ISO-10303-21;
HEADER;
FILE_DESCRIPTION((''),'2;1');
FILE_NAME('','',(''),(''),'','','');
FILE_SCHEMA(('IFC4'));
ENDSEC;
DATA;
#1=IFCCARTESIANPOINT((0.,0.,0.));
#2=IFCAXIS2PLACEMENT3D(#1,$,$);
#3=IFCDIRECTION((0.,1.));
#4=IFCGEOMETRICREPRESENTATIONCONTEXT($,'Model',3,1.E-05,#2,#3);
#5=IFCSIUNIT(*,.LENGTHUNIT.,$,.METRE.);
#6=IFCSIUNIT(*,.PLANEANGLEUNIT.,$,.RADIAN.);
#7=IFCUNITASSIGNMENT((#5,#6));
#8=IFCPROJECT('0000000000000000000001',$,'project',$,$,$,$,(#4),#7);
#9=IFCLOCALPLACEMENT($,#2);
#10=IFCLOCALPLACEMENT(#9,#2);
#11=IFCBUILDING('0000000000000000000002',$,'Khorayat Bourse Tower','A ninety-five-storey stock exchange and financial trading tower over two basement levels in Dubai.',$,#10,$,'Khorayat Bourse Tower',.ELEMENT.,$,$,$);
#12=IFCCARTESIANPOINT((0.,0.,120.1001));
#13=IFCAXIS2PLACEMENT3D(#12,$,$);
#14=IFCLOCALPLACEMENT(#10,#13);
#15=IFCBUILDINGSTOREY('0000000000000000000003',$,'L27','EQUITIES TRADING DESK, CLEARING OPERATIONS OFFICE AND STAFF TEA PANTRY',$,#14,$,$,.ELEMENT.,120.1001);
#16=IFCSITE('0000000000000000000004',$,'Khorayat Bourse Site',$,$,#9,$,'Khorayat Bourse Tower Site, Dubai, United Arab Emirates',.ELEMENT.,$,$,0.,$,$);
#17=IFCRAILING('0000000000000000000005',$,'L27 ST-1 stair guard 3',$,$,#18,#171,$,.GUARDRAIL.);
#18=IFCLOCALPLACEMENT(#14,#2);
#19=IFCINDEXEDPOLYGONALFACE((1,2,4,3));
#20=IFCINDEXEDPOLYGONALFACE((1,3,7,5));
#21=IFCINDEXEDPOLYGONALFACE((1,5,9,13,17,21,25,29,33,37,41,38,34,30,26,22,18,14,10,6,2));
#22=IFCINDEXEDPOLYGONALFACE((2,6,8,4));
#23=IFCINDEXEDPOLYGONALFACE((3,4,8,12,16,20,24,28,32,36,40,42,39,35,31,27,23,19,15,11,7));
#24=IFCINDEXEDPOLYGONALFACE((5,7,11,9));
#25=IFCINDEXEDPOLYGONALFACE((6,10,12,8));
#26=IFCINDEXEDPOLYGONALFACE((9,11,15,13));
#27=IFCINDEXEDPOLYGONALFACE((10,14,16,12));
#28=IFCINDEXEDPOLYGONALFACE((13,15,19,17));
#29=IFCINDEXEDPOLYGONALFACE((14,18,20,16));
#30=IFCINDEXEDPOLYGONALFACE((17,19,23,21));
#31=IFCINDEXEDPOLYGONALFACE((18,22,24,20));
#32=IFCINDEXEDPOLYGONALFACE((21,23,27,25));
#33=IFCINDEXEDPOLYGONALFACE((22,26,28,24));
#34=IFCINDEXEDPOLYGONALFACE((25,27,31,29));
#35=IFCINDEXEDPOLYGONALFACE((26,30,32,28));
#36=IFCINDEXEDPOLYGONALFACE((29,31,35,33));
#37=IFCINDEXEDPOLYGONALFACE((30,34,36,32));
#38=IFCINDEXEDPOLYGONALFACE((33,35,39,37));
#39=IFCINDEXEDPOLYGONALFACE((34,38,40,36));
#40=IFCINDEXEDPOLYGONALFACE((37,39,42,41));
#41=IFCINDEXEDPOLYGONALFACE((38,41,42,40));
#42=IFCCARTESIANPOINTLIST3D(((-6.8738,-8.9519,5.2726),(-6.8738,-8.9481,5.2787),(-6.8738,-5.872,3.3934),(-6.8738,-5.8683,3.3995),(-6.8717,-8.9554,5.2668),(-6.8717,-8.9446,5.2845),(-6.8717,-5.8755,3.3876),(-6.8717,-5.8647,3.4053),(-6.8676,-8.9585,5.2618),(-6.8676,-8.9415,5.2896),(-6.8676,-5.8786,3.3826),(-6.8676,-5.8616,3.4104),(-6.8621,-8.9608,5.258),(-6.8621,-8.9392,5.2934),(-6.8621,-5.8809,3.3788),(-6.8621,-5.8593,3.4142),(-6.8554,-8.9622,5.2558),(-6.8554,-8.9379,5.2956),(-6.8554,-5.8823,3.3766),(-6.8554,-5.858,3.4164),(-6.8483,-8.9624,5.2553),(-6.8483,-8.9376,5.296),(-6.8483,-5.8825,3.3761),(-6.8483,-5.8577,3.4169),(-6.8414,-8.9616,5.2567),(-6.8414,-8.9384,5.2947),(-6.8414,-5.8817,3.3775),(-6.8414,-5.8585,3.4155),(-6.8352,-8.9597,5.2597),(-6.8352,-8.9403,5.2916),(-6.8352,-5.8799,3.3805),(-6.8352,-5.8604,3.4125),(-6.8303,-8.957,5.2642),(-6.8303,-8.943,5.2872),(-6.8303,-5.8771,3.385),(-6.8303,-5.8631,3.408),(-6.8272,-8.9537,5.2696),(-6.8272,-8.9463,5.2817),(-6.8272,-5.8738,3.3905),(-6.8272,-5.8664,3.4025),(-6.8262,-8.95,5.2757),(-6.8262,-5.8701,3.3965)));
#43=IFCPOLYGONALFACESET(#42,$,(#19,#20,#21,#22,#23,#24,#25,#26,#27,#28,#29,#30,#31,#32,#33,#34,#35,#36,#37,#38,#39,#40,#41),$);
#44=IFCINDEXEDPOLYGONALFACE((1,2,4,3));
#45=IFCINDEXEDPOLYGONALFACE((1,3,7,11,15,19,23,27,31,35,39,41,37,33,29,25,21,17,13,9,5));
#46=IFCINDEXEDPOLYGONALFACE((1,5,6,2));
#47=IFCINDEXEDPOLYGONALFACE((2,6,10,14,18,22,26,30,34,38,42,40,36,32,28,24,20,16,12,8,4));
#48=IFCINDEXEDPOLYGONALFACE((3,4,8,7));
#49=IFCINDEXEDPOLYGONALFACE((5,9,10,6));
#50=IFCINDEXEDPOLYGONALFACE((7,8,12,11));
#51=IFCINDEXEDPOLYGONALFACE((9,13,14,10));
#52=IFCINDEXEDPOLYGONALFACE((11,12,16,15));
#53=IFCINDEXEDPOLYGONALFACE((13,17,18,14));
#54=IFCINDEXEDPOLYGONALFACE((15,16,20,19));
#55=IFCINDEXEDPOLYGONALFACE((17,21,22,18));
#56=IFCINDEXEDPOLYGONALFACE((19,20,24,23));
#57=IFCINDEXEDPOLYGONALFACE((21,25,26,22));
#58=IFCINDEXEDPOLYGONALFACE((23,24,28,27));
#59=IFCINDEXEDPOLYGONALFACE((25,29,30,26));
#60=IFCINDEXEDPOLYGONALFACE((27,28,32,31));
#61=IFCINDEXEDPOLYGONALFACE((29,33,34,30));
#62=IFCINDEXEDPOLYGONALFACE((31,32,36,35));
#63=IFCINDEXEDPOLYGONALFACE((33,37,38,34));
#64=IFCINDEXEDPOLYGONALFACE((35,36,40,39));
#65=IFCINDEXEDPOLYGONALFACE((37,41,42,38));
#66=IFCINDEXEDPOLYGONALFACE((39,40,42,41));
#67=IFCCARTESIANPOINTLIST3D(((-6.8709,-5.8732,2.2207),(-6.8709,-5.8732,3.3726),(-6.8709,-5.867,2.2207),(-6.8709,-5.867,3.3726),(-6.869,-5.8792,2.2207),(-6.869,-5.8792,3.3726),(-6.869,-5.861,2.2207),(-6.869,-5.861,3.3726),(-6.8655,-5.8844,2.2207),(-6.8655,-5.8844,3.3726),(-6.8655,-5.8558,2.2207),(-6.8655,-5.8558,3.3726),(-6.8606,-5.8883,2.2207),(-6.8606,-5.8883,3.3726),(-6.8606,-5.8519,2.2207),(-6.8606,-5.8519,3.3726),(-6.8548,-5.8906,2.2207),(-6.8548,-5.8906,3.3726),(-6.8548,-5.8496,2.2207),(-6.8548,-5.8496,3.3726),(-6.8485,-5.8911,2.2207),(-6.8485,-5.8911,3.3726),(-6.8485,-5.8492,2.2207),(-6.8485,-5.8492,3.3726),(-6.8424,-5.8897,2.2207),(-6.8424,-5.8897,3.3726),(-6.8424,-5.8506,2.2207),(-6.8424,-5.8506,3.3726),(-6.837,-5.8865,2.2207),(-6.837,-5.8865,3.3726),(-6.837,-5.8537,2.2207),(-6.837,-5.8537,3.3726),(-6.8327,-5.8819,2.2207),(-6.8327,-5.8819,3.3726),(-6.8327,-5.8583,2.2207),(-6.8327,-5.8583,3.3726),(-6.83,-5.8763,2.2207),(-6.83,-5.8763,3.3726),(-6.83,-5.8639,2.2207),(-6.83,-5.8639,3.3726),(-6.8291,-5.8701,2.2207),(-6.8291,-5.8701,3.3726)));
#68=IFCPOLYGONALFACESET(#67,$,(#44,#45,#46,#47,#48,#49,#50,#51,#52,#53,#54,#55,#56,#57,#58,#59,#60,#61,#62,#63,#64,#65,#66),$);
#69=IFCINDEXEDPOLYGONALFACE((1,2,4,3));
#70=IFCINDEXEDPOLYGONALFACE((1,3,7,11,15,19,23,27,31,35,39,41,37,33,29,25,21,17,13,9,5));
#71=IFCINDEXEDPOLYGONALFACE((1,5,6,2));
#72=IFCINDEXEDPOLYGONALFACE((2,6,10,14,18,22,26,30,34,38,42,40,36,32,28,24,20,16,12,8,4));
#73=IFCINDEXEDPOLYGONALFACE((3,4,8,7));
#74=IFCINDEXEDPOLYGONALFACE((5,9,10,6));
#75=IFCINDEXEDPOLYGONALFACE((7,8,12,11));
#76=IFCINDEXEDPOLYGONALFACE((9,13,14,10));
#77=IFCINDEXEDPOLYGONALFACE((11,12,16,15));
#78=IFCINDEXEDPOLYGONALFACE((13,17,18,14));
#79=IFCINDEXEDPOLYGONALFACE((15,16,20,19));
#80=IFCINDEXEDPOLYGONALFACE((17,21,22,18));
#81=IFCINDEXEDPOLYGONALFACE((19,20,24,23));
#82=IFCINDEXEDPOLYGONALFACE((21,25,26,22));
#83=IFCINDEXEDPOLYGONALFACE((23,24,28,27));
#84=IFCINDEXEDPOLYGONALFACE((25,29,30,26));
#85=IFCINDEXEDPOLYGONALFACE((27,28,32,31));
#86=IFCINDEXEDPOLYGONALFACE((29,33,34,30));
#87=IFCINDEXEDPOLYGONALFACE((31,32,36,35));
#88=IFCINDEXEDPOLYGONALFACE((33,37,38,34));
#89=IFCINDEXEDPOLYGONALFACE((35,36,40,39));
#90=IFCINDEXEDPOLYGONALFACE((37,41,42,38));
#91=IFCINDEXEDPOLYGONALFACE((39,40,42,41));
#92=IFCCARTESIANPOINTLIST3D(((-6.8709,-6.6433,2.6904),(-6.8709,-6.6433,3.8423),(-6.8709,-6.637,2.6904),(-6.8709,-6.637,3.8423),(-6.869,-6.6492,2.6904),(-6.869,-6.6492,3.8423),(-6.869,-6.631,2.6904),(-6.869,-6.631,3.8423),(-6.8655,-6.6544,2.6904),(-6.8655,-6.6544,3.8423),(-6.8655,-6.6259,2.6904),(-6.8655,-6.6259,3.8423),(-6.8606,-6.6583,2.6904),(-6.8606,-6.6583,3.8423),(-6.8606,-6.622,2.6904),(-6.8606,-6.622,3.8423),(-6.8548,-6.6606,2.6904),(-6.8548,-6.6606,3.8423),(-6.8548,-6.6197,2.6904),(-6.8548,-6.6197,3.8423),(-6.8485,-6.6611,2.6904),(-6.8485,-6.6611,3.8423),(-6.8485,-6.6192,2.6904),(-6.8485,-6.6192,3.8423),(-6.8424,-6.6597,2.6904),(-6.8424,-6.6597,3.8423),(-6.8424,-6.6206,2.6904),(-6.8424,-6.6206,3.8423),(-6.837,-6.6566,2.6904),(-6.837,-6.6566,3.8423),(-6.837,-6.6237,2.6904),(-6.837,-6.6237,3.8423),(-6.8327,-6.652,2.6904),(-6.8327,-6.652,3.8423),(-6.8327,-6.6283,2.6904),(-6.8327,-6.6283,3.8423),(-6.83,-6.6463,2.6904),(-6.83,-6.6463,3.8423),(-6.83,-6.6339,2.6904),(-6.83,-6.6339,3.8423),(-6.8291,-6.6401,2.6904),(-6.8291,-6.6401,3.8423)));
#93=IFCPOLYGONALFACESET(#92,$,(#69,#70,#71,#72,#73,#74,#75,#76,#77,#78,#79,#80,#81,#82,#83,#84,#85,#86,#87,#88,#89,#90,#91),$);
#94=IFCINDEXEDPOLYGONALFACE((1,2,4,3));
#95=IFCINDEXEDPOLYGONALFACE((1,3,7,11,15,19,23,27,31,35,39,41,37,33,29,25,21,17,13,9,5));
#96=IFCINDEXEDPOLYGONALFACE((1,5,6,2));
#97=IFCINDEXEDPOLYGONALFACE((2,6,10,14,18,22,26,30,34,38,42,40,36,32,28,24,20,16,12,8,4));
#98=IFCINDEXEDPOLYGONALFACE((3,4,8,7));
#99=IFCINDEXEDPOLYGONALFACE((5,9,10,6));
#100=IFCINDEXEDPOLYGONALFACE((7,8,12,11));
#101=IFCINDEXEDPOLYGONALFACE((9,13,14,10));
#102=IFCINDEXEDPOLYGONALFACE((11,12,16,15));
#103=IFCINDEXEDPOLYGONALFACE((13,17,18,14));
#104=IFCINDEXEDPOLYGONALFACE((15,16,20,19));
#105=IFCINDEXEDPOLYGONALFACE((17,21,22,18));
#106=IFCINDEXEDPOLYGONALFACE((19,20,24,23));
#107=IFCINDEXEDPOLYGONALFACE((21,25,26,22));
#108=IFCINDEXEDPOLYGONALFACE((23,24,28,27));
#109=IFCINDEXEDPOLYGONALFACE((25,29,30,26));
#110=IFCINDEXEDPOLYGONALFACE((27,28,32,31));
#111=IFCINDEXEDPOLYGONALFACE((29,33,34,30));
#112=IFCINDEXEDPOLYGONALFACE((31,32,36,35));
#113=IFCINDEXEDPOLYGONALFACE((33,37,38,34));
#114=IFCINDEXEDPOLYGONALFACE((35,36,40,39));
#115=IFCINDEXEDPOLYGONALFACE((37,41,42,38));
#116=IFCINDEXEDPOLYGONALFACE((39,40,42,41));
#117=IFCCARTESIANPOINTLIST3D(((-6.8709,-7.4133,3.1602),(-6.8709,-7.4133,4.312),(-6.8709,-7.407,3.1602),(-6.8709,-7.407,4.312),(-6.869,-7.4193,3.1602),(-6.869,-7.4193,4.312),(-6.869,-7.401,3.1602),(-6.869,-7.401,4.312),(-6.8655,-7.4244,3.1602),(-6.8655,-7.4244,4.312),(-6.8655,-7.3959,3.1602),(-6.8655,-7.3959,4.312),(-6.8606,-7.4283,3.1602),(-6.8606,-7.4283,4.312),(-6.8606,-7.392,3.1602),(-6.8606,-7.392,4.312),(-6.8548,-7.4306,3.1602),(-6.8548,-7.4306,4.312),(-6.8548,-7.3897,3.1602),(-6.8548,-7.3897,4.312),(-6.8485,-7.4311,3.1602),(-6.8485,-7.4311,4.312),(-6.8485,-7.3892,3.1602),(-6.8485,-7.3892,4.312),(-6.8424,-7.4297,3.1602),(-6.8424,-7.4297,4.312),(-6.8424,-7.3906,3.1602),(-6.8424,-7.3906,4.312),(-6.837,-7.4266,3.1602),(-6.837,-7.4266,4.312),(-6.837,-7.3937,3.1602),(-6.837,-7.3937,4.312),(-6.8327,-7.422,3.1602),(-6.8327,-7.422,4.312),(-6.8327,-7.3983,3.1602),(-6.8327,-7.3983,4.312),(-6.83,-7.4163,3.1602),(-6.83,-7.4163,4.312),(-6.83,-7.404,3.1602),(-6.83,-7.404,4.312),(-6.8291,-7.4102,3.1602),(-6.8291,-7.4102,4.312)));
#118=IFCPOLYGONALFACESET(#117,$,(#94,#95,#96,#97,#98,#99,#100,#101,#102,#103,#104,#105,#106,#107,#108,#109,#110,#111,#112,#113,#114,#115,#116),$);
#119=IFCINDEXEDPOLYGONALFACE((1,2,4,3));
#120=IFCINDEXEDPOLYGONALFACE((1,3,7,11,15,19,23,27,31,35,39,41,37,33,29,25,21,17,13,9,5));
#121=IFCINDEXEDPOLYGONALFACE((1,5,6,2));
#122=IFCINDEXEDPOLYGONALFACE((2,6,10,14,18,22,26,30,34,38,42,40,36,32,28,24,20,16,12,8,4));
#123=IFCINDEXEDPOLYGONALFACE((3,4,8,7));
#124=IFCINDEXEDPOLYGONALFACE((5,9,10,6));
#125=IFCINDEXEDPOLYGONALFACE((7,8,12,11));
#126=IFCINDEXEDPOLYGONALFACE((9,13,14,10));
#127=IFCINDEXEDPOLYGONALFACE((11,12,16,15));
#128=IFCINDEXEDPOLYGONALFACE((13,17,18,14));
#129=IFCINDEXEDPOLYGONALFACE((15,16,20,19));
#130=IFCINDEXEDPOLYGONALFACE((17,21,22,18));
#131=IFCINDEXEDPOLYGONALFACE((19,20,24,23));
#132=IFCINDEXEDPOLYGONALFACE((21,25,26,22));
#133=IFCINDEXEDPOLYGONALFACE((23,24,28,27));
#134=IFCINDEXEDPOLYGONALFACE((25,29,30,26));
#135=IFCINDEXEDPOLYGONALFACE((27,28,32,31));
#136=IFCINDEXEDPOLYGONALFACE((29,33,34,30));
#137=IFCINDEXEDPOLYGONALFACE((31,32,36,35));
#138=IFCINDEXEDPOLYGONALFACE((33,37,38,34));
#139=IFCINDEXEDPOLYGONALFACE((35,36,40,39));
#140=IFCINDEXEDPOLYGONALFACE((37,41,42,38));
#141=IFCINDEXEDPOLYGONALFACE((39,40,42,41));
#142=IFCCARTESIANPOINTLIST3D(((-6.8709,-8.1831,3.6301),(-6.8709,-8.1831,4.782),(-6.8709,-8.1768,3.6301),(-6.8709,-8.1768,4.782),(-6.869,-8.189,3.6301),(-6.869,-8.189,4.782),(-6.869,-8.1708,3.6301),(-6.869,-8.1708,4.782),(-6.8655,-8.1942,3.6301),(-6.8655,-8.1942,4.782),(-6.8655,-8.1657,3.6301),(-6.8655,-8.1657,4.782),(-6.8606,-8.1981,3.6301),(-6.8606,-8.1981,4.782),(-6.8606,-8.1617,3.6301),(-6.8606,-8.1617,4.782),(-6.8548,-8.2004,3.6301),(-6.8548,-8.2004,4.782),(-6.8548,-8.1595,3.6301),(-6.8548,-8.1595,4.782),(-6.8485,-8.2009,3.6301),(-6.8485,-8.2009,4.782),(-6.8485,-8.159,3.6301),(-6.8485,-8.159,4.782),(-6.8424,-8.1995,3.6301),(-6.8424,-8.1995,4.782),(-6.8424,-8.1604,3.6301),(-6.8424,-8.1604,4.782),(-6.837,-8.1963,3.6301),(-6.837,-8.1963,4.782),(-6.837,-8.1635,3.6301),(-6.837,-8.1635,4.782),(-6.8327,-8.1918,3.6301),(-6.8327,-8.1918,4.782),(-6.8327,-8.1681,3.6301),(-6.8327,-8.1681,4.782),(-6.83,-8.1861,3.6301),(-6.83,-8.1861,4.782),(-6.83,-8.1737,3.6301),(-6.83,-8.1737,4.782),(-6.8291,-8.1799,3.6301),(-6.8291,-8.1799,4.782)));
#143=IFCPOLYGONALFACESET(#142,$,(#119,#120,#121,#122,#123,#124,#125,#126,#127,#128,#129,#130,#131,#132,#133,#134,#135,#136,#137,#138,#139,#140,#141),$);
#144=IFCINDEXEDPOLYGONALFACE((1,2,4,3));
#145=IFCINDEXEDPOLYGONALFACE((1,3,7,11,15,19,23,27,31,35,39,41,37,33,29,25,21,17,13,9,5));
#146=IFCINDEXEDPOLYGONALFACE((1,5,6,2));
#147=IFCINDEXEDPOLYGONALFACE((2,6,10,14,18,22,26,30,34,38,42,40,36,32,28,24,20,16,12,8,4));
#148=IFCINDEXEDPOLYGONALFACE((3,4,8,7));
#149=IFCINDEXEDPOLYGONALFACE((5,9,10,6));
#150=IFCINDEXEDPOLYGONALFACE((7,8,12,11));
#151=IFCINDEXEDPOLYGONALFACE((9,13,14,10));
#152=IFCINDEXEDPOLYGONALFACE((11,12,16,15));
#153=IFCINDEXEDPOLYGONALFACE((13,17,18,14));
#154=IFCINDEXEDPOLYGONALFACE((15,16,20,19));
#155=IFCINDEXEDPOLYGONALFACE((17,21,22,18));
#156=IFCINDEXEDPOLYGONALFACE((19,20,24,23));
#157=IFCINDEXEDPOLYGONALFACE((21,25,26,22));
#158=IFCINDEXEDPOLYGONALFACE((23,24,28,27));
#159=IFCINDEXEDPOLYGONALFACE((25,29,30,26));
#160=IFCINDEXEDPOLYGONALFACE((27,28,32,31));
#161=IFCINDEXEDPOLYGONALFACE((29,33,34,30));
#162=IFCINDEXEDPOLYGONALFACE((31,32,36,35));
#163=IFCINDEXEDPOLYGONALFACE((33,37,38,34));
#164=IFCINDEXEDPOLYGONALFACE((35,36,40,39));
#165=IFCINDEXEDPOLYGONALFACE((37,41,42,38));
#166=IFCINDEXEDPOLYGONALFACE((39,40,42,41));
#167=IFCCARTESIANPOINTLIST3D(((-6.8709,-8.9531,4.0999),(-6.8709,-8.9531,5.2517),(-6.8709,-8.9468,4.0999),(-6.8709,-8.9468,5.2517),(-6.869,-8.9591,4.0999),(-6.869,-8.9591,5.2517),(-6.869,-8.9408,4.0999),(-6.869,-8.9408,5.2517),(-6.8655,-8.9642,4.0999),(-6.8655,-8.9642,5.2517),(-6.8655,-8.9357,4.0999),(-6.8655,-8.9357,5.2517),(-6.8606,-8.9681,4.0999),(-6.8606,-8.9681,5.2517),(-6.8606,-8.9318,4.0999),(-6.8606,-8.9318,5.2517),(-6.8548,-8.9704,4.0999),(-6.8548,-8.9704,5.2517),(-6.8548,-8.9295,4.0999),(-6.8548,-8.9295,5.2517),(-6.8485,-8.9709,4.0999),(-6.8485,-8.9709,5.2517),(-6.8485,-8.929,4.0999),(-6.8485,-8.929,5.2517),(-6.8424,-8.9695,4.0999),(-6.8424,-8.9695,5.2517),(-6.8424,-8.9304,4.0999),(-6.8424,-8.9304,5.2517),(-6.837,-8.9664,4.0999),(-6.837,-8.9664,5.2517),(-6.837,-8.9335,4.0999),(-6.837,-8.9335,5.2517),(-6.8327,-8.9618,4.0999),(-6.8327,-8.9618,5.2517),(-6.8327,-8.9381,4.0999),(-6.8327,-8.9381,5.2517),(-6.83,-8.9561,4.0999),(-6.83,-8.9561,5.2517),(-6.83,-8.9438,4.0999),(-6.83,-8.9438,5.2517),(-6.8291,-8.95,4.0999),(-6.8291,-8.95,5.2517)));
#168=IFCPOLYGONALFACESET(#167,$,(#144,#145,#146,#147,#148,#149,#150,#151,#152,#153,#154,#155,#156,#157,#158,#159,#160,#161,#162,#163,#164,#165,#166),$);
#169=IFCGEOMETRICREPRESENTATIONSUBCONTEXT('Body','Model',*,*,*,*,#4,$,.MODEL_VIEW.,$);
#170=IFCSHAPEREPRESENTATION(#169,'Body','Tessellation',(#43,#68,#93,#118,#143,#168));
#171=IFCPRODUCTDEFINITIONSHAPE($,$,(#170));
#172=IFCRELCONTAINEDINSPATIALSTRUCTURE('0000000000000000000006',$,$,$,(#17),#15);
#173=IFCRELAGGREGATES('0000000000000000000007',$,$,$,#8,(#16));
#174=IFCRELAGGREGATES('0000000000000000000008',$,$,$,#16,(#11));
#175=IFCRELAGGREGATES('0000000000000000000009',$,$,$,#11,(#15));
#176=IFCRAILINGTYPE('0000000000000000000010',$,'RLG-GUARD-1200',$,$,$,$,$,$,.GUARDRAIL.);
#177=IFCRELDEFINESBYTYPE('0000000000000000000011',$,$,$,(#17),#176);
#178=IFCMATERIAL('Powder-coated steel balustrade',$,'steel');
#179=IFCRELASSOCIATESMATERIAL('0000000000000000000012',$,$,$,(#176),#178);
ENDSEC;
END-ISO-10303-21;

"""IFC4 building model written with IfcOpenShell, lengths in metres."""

from ifc_helpers import new_model, si_unit, direction, frame, origin, origin_2d, place, context, subcontext, project, spatial, circle, extrude, source, transform, mapped, material, type_object, element, save


model = new_model("IFC4")

# Units and contexts
model_context = context("Model", 3, precision=1e-05, world=origin(), true_north=direction((0.0, 1.0)))
body_context = subcontext(model_context, "Body", "Model", "MODEL_VIEW")
ifc_project = project(units=[si_unit("LENGTHUNIT", "METRE"), si_unit("PLANEANGLEUNIT", "RADIAN")], contexts=[model_context])

# Site, building, storey
site_placement = place(None, origin())
site = spatial("IfcSite", under=ifc_project, at=site_placement, Name="Khorayat Bourse Site", LongName="Khorayat Bourse Tower Site, Dubai, United Arab Emirates", CompositionType="ELEMENT", RefElevation=0.0)
building_placement = place(site_placement, origin())
building = spatial("IfcBuilding", under=site, at=building_placement, Name="Khorayat Bourse Tower", Description="A ninety-five-storey stock exchange and financial trading tower over two basement levels in Dubai.", LongName="Khorayat Bourse Tower", CompositionType="ELEMENT")
storey_placement = place(building_placement, frame((0.0, 0.0, 120.1001)))
storey = spatial("IfcBuildingStorey", under=building, at=storey_placement, Name="L27", Description="EQUITIES TRADING DESK, CLEARING OPERATIONS OFFICE AND STAFF TEA PANTRY", CompositionType="ELEMENT", Elevation=120.1001)

# Railing
ifc_material_1 = material(Name="Powder-coated steel balustrade", Category="steel")
railing_type_1 = type_object("IfcRailingType", Name="RLG-GUARD-1200", PredefinedType="GUARDRAIL", material=ifc_material_1)
shared_shape_1 = source(origin(), body_context, "Body", "SweptSolid", [
    extrude(circle(Radius=0.0239, at=origin_2d()), frame((0.0, 0.0, 1.1758), z_axis=(0.0, -0.853648, 0.52085), x_axis=(1.0, 0.0, 0.0)), (0.0, 0.0, 1.0), 3.6079),
    extrude(circle(Radius=0.021, at=origin_2d()), origin(), (0.0, 0.0, 1.0), 1.1519),
    extrude(circle(Radius=0.021, at=origin_2d()), frame((0.0, -0.77, 0.4697)), (0.0, 0.0, 1.0), 1.1519),
    extrude(circle(Radius=0.021, at=origin_2d()), frame((0.0, -1.54, 0.9395)), (0.0, 0.0, 1.0), 1.1519),
    extrude(circle(Radius=0.021, at=origin_2d()), frame((0.0, -2.3098, 1.4094)), (0.0, 0.0, 1.0), 1.1519),
    extrude(circle(Radius=0.021, at=origin_2d()), frame((0.0, -3.0798, 1.8792)), (0.0, 0.0, 1.0), 1.1519),
])
railing_1_placement = place(storey_placement, frame((-6.8501, -5.8701, 2.2207)))
element("IfcRailing", 1, at=railing_1_placement, inside=storey, type_object=railing_type_1, Name="L27 ST-1 stair guard 3", PredefinedType="GUARDRAIL", context=body_context, shape_type="MappedRepresentation", body=[
    mapped(shared_shape_1, transform((0.0, 0.0, 0.0), scale=1.0)),
])

save(model, "model.ifc")
